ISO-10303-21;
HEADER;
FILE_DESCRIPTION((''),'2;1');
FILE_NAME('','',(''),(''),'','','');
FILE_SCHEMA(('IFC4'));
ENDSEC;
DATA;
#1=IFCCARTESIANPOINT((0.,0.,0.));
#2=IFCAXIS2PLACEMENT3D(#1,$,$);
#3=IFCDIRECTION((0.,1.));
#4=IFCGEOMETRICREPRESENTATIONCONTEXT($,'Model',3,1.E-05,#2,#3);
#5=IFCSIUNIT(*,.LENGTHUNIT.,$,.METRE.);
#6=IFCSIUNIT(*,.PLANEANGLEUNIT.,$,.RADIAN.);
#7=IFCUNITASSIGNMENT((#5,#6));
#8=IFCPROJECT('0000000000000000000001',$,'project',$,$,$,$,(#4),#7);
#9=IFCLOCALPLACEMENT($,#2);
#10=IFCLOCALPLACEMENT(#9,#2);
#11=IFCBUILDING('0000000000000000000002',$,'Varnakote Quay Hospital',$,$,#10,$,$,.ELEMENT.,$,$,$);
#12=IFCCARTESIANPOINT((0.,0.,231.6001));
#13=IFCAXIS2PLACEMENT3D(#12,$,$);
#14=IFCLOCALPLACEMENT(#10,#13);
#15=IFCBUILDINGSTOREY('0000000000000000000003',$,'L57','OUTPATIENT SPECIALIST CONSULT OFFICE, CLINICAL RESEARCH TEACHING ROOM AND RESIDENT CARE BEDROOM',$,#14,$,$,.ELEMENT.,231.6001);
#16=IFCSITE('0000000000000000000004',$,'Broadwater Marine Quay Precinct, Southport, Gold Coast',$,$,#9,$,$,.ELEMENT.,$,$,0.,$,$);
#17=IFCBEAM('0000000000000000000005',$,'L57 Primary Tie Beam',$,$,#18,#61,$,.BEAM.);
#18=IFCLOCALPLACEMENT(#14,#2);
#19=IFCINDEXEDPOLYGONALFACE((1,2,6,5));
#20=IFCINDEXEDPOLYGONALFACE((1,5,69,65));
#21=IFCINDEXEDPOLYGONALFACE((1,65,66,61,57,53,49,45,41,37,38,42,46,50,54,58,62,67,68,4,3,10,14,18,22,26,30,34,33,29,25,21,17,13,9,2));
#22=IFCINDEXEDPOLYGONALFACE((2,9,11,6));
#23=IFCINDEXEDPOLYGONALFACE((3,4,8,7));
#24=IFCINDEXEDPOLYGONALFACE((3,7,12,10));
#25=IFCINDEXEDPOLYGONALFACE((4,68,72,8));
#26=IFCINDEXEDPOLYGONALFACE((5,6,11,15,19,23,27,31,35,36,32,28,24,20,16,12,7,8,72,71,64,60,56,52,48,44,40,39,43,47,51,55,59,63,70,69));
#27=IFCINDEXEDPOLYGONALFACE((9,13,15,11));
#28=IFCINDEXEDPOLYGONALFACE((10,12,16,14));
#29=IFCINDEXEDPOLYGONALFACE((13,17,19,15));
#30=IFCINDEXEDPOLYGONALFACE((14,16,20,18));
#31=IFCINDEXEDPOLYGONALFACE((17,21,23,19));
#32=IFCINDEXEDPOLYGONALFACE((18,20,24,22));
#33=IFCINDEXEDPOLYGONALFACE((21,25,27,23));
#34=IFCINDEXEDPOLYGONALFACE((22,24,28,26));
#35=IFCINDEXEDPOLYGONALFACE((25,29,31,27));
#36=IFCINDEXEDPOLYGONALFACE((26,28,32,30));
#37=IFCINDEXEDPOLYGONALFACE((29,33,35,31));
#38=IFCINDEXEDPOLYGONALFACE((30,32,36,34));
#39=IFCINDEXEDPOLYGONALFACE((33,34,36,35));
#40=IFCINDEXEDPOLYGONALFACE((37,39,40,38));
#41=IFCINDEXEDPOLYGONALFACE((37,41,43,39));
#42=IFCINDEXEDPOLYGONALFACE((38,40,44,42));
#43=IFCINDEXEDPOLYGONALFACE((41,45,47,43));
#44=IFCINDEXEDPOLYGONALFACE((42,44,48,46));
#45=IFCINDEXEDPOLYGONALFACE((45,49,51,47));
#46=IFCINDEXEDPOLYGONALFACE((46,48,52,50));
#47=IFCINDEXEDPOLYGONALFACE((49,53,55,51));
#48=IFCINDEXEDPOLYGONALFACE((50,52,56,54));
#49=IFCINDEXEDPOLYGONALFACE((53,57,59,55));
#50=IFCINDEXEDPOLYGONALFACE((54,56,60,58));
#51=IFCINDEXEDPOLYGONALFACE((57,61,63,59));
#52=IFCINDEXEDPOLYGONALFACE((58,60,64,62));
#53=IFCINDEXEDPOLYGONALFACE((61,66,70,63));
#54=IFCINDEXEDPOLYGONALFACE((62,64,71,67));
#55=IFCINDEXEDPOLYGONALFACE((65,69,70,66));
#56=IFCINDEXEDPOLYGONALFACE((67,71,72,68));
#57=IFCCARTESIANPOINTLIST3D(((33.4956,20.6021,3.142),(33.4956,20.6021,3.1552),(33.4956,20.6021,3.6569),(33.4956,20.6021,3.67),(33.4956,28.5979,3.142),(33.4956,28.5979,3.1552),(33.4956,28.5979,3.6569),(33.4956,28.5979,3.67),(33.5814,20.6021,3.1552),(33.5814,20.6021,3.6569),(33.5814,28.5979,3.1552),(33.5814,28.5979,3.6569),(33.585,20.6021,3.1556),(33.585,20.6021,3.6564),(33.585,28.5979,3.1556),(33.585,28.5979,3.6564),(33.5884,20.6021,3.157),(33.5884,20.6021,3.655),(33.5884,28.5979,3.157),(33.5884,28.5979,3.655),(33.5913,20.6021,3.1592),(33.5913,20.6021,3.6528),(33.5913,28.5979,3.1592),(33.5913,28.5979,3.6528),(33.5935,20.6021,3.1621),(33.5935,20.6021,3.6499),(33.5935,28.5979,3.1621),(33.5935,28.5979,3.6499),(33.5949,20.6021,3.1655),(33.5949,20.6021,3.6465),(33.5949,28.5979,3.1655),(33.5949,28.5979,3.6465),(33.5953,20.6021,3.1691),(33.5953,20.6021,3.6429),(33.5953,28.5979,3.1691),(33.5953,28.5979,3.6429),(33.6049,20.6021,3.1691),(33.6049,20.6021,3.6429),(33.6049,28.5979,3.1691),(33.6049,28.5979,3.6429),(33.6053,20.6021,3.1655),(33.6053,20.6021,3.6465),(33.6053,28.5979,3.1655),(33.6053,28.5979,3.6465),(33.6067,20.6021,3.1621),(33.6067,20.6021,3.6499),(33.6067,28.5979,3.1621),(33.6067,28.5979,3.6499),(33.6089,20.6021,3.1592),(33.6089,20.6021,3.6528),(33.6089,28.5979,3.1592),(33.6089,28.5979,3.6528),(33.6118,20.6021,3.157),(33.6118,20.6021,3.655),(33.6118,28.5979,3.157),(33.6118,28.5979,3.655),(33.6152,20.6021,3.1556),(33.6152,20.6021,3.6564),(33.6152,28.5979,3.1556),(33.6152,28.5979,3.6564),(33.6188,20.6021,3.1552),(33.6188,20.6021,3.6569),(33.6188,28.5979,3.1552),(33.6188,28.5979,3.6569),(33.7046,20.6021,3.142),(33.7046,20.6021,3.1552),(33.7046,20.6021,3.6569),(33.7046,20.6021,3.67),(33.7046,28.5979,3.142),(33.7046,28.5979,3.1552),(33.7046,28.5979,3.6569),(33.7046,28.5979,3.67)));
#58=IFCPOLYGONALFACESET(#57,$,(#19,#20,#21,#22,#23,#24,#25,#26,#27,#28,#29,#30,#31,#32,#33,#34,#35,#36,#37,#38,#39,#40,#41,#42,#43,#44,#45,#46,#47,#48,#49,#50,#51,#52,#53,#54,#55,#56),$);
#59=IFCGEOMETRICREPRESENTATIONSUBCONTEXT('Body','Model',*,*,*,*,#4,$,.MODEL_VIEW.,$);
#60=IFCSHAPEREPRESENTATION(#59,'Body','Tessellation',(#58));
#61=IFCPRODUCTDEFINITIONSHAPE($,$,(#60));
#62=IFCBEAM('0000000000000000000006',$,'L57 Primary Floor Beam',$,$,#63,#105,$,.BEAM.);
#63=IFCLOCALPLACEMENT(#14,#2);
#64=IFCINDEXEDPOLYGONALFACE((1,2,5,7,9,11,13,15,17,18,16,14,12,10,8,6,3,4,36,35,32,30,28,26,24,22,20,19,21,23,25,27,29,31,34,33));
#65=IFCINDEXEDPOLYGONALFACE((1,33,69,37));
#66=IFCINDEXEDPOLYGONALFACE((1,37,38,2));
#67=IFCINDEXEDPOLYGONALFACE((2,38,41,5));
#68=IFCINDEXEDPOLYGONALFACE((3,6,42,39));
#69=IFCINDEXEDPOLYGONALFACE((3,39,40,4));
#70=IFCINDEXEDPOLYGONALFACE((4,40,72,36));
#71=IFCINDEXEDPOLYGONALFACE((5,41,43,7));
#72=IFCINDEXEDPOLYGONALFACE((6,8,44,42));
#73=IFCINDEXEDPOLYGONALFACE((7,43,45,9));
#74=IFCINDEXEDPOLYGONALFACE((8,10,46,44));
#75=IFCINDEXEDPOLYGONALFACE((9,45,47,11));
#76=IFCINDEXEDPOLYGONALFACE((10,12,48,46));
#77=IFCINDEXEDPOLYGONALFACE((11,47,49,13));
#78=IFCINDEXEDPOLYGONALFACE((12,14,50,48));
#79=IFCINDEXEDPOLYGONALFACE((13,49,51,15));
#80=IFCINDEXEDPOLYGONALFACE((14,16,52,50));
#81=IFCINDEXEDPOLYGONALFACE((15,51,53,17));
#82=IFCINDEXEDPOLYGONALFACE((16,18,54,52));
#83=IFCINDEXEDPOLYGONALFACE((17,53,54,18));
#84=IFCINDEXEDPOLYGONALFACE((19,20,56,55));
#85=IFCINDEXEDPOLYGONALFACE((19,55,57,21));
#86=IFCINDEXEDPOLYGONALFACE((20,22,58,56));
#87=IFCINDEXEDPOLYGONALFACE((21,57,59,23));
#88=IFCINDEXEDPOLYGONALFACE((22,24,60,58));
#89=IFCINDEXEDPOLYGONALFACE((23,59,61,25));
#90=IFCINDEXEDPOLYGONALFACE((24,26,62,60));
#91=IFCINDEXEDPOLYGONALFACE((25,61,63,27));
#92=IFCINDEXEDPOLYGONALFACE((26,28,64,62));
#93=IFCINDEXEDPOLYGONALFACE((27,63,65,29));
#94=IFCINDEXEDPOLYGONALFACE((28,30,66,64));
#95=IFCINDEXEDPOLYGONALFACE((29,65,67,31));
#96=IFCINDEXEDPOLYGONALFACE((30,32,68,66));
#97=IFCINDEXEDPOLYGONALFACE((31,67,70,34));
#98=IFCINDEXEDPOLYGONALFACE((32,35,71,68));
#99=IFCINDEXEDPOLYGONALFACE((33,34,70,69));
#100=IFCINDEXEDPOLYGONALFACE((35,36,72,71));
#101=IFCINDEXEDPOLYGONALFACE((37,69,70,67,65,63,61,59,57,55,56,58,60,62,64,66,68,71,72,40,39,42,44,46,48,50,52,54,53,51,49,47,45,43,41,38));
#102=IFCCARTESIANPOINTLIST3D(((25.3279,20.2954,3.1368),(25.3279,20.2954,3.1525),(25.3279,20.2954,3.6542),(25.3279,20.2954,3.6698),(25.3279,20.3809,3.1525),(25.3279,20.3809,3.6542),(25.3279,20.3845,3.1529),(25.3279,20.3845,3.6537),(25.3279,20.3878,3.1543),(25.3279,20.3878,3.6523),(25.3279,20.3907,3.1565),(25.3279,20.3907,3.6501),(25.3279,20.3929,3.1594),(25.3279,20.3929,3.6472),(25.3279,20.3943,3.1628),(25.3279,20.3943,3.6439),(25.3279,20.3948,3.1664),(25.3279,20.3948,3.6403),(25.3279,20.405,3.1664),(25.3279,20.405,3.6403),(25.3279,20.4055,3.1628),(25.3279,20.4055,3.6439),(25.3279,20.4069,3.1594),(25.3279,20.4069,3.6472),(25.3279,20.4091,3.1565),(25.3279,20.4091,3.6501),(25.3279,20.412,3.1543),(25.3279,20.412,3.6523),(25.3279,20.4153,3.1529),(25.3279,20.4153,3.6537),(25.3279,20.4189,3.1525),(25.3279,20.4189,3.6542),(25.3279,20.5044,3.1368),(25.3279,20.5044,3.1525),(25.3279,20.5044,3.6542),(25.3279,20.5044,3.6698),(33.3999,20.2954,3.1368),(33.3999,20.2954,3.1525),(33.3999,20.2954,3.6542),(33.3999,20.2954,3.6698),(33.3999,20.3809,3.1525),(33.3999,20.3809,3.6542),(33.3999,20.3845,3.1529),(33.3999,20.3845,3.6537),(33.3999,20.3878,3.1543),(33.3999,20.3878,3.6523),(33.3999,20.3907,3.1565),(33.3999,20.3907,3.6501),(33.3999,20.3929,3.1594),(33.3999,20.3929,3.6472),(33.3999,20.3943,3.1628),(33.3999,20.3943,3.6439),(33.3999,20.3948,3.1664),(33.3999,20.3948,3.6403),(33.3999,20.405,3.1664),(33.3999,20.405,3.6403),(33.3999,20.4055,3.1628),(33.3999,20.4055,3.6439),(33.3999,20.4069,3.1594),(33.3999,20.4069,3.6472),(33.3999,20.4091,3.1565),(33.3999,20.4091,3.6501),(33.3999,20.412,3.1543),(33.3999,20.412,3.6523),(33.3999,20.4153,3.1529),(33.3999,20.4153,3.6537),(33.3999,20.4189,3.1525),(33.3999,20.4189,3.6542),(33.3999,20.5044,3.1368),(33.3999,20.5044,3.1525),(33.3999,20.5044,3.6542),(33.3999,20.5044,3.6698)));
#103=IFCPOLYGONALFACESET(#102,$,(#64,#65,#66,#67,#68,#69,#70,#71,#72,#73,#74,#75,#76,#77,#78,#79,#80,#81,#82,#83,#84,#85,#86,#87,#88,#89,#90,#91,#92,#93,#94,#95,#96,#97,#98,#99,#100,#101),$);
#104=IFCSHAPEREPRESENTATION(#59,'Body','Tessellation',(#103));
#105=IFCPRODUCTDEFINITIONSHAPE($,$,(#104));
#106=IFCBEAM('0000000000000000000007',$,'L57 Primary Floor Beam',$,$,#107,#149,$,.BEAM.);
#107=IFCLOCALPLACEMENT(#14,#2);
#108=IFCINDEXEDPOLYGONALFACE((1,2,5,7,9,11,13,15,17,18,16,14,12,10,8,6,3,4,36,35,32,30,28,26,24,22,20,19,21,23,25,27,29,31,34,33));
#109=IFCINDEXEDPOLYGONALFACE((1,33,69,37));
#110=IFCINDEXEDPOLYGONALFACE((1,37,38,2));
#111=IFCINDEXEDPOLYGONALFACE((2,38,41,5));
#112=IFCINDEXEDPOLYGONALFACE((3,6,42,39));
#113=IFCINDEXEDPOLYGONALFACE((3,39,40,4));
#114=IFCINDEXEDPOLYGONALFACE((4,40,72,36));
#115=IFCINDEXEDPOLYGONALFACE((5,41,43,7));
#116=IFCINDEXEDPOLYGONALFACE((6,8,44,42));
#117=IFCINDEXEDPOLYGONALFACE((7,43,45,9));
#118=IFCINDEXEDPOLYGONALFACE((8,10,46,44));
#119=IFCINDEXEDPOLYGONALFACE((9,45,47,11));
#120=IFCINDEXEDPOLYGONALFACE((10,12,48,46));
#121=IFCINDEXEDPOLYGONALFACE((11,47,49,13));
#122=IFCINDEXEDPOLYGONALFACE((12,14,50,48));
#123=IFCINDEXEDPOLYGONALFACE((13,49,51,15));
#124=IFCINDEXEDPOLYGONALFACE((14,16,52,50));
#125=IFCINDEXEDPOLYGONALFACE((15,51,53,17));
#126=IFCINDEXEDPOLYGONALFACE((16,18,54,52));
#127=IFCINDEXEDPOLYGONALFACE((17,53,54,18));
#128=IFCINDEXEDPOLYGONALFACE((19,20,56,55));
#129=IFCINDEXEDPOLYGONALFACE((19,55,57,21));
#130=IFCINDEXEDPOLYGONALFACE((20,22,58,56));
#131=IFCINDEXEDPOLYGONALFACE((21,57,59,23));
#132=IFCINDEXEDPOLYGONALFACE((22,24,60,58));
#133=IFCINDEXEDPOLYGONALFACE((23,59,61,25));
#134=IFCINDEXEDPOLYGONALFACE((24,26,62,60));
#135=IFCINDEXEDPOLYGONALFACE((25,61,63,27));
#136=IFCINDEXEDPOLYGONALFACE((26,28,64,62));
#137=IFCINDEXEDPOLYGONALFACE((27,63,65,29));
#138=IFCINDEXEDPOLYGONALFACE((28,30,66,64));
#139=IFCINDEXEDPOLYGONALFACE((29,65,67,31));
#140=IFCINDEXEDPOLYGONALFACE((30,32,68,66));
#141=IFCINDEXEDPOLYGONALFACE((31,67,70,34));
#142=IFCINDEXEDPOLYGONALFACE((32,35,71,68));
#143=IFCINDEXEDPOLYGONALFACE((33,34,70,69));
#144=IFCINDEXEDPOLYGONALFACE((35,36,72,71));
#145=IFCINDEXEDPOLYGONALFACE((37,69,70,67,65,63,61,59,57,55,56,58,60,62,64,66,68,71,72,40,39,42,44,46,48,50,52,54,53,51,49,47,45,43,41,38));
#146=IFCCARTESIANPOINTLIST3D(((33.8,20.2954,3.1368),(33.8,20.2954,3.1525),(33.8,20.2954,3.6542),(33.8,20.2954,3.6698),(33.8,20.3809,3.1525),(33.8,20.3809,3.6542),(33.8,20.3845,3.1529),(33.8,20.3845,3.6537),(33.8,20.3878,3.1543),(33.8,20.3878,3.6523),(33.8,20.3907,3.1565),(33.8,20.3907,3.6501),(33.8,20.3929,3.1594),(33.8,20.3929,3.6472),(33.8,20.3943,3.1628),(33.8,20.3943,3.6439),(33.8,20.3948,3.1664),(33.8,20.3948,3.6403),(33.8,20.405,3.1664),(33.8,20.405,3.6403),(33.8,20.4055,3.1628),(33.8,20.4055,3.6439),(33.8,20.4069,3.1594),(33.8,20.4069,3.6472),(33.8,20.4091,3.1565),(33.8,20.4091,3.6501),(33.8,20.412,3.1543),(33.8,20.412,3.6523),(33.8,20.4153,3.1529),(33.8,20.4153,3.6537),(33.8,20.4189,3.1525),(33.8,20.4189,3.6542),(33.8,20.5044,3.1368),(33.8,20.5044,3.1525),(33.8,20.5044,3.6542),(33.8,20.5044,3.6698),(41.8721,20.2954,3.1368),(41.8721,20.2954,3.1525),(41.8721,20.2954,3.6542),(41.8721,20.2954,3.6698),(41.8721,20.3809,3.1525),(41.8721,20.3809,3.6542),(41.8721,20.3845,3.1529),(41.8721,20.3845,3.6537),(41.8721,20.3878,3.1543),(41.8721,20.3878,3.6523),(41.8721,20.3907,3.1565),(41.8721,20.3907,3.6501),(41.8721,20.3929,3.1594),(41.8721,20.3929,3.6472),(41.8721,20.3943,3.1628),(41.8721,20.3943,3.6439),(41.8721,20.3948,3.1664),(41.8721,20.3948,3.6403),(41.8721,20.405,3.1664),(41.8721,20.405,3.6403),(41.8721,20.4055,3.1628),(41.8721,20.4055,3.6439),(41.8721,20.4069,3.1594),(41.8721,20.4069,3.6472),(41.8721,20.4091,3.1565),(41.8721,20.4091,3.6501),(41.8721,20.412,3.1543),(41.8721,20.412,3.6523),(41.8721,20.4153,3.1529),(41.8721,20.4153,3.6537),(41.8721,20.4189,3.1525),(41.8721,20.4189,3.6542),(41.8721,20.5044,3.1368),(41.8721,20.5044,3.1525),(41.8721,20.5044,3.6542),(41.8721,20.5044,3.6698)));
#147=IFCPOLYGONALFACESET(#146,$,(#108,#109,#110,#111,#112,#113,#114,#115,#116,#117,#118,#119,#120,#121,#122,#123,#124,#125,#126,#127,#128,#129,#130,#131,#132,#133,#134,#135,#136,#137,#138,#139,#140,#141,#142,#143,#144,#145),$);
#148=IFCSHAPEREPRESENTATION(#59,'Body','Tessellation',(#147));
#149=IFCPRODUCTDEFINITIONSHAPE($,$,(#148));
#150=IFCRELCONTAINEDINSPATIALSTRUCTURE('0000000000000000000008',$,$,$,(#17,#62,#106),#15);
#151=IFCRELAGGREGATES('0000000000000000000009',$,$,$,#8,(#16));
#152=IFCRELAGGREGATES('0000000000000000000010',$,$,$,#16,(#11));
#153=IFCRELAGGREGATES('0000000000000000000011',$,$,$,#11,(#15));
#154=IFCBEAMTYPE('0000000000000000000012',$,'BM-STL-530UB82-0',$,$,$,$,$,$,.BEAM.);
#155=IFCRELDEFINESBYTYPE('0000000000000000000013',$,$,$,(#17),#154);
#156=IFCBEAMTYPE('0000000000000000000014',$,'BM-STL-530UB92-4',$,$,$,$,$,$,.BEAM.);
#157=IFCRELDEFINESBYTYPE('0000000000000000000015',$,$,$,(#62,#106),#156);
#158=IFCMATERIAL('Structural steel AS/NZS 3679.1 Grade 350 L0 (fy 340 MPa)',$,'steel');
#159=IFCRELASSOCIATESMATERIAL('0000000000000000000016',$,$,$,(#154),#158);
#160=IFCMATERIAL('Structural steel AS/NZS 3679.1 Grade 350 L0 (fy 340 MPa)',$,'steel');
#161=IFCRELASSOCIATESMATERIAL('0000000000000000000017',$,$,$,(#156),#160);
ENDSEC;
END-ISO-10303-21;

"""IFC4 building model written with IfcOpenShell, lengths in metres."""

from ifc_helpers import new_model, si_unit, direction, frame, origin, origin_2d, place, context, subcontext, project, spatial, i_section, extrude, material, material_profile, profile_set, type_object, element, save


model = new_model("IFC4")

# Units and contexts
model_context = context("Model", 3, precision=1e-05, world=origin(), true_north=direction((0.0, 1.0)))
body_context = subcontext(model_context, "Body", "Model", "MODEL_VIEW")
ifc_project = project(units=[si_unit("LENGTHUNIT", "METRE"), si_unit("PLANEANGLEUNIT", "RADIAN")], contexts=[model_context])

# Site, building, storey
site_placement = place(None, origin())
site = spatial("IfcSite", under=ifc_project, at=site_placement, Name="Broadwater Marine Quay Precinct, Southport, Gold Coast", CompositionType="ELEMENT", RefElevation=0.0)
building_placement = place(site_placement, origin())
building = spatial("IfcBuilding", under=site, at=building_placement, Name="Varnakote Quay Hospital", CompositionType="ELEMENT")
storey_placement = place(building_placement, frame((0.0, 0.0, 231.6001)))
storey = spatial("IfcBuildingStorey", under=building, at=storey_placement, Name="L57", Description="OUTPATIENT SPECIALIST CONSULT OFFICE, CLINICAL RESEARCH TEACHING ROOM AND RESIDENT CARE BEDROOM", CompositionType="ELEMENT", Elevation=231.6001)

# Beams
ifc_material_1 = material(Name="Structural steel AS/NZS 3679.1 Grade 350 L0 (fy 340 MPa)", Category="steel")
ifc_material_profile_1 = material_profile(ifc_material_1, i_section(OverallWidth=0.209, OverallDepth=0.5281, WebThickness=0.0095, FlangeThickness=0.0132, FilletRadius=0.0139, at=origin_2d()), Name="530UB82.0")
ifc_profile_set_1 = profile_set([ifc_material_profile_1], Name="Structural steel AS/NZS 3679.1 Grade 350 L0 (fy 340 MPa)")
beam_type_1 = type_object("IfcBeamType", Name="BM-STL-530UB82-0", PredefinedType="BEAM", material=ifc_profile_set_1)
beam_1_placement = place(storey_placement, frame((33.6001, 20.6021, 3.406), z_axis=(0.0, 1.0, 0.0), x_axis=(-1.0, 0.0, 0.0)))
element("IfcBeam", 1, at=beam_1_placement, inside=storey, type_object=beam_type_1, Name="L57 Primary Tie Beam", PredefinedType="BEAM", context=body_context, shape_type="SweptSolid", body=[
    extrude(i_section(OverallWidth=0.209, OverallDepth=0.5281, WebThickness=0.0095, FlangeThickness=0.0132, FilletRadius=0.0139, at=origin_2d()), origin(), (0.0, 0.0, 1.0), 7.9958),
])
ifc_material_2 = material(Name="Structural steel AS/NZS 3679.1 Grade 350 L0 (fy 340 MPa)", Category="steel")
ifc_material_profile_2 = material_profile(ifc_material_2, i_section(OverallWidth=0.209, OverallDepth=0.533, WebThickness=0.0103, FlangeThickness=0.0156, FilletRadius=0.0139, at=origin_2d()), Name="530UB92.4")
ifc_profile_set_2 = profile_set([ifc_material_profile_2], Name="Structural steel AS/NZS 3679.1 Grade 350 L0 (fy 340 MPa)")
beam_type_2 = type_object("IfcBeamType", Name="BM-STL-530UB92-4", PredefinedType="BEAM", material=ifc_profile_set_2)
for number, where, z_axis, x_axis, name in (
    (2, (25.3279, 20.3999, 3.4033), (1.0, 0.0, 0.0), (0.0, 1.0, 0.0), "L57 Primary Floor Beam"),
    (3, (33.8, 20.3999, 3.4033), (1.0, 0.0, 0.0), (0.0, 1.0, 0.0), "L57 Primary Floor Beam"),
):
    element("IfcBeam", number, at=place(storey_placement, frame(where, z_axis=z_axis, x_axis=x_axis)), inside=storey, type_object=beam_type_2, Name=name, PredefinedType="BEAM", context=body_context, shape_type="SweptSolid", body=[
        extrude(i_section(OverallWidth=0.209, OverallDepth=0.533, WebThickness=0.0103, FlangeThickness=0.0156, FilletRadius=0.0139, at=origin_2d()), origin(), (0.0, 0.0, 1.0), 8.072),
    ])

save(model, "model.ifc")
